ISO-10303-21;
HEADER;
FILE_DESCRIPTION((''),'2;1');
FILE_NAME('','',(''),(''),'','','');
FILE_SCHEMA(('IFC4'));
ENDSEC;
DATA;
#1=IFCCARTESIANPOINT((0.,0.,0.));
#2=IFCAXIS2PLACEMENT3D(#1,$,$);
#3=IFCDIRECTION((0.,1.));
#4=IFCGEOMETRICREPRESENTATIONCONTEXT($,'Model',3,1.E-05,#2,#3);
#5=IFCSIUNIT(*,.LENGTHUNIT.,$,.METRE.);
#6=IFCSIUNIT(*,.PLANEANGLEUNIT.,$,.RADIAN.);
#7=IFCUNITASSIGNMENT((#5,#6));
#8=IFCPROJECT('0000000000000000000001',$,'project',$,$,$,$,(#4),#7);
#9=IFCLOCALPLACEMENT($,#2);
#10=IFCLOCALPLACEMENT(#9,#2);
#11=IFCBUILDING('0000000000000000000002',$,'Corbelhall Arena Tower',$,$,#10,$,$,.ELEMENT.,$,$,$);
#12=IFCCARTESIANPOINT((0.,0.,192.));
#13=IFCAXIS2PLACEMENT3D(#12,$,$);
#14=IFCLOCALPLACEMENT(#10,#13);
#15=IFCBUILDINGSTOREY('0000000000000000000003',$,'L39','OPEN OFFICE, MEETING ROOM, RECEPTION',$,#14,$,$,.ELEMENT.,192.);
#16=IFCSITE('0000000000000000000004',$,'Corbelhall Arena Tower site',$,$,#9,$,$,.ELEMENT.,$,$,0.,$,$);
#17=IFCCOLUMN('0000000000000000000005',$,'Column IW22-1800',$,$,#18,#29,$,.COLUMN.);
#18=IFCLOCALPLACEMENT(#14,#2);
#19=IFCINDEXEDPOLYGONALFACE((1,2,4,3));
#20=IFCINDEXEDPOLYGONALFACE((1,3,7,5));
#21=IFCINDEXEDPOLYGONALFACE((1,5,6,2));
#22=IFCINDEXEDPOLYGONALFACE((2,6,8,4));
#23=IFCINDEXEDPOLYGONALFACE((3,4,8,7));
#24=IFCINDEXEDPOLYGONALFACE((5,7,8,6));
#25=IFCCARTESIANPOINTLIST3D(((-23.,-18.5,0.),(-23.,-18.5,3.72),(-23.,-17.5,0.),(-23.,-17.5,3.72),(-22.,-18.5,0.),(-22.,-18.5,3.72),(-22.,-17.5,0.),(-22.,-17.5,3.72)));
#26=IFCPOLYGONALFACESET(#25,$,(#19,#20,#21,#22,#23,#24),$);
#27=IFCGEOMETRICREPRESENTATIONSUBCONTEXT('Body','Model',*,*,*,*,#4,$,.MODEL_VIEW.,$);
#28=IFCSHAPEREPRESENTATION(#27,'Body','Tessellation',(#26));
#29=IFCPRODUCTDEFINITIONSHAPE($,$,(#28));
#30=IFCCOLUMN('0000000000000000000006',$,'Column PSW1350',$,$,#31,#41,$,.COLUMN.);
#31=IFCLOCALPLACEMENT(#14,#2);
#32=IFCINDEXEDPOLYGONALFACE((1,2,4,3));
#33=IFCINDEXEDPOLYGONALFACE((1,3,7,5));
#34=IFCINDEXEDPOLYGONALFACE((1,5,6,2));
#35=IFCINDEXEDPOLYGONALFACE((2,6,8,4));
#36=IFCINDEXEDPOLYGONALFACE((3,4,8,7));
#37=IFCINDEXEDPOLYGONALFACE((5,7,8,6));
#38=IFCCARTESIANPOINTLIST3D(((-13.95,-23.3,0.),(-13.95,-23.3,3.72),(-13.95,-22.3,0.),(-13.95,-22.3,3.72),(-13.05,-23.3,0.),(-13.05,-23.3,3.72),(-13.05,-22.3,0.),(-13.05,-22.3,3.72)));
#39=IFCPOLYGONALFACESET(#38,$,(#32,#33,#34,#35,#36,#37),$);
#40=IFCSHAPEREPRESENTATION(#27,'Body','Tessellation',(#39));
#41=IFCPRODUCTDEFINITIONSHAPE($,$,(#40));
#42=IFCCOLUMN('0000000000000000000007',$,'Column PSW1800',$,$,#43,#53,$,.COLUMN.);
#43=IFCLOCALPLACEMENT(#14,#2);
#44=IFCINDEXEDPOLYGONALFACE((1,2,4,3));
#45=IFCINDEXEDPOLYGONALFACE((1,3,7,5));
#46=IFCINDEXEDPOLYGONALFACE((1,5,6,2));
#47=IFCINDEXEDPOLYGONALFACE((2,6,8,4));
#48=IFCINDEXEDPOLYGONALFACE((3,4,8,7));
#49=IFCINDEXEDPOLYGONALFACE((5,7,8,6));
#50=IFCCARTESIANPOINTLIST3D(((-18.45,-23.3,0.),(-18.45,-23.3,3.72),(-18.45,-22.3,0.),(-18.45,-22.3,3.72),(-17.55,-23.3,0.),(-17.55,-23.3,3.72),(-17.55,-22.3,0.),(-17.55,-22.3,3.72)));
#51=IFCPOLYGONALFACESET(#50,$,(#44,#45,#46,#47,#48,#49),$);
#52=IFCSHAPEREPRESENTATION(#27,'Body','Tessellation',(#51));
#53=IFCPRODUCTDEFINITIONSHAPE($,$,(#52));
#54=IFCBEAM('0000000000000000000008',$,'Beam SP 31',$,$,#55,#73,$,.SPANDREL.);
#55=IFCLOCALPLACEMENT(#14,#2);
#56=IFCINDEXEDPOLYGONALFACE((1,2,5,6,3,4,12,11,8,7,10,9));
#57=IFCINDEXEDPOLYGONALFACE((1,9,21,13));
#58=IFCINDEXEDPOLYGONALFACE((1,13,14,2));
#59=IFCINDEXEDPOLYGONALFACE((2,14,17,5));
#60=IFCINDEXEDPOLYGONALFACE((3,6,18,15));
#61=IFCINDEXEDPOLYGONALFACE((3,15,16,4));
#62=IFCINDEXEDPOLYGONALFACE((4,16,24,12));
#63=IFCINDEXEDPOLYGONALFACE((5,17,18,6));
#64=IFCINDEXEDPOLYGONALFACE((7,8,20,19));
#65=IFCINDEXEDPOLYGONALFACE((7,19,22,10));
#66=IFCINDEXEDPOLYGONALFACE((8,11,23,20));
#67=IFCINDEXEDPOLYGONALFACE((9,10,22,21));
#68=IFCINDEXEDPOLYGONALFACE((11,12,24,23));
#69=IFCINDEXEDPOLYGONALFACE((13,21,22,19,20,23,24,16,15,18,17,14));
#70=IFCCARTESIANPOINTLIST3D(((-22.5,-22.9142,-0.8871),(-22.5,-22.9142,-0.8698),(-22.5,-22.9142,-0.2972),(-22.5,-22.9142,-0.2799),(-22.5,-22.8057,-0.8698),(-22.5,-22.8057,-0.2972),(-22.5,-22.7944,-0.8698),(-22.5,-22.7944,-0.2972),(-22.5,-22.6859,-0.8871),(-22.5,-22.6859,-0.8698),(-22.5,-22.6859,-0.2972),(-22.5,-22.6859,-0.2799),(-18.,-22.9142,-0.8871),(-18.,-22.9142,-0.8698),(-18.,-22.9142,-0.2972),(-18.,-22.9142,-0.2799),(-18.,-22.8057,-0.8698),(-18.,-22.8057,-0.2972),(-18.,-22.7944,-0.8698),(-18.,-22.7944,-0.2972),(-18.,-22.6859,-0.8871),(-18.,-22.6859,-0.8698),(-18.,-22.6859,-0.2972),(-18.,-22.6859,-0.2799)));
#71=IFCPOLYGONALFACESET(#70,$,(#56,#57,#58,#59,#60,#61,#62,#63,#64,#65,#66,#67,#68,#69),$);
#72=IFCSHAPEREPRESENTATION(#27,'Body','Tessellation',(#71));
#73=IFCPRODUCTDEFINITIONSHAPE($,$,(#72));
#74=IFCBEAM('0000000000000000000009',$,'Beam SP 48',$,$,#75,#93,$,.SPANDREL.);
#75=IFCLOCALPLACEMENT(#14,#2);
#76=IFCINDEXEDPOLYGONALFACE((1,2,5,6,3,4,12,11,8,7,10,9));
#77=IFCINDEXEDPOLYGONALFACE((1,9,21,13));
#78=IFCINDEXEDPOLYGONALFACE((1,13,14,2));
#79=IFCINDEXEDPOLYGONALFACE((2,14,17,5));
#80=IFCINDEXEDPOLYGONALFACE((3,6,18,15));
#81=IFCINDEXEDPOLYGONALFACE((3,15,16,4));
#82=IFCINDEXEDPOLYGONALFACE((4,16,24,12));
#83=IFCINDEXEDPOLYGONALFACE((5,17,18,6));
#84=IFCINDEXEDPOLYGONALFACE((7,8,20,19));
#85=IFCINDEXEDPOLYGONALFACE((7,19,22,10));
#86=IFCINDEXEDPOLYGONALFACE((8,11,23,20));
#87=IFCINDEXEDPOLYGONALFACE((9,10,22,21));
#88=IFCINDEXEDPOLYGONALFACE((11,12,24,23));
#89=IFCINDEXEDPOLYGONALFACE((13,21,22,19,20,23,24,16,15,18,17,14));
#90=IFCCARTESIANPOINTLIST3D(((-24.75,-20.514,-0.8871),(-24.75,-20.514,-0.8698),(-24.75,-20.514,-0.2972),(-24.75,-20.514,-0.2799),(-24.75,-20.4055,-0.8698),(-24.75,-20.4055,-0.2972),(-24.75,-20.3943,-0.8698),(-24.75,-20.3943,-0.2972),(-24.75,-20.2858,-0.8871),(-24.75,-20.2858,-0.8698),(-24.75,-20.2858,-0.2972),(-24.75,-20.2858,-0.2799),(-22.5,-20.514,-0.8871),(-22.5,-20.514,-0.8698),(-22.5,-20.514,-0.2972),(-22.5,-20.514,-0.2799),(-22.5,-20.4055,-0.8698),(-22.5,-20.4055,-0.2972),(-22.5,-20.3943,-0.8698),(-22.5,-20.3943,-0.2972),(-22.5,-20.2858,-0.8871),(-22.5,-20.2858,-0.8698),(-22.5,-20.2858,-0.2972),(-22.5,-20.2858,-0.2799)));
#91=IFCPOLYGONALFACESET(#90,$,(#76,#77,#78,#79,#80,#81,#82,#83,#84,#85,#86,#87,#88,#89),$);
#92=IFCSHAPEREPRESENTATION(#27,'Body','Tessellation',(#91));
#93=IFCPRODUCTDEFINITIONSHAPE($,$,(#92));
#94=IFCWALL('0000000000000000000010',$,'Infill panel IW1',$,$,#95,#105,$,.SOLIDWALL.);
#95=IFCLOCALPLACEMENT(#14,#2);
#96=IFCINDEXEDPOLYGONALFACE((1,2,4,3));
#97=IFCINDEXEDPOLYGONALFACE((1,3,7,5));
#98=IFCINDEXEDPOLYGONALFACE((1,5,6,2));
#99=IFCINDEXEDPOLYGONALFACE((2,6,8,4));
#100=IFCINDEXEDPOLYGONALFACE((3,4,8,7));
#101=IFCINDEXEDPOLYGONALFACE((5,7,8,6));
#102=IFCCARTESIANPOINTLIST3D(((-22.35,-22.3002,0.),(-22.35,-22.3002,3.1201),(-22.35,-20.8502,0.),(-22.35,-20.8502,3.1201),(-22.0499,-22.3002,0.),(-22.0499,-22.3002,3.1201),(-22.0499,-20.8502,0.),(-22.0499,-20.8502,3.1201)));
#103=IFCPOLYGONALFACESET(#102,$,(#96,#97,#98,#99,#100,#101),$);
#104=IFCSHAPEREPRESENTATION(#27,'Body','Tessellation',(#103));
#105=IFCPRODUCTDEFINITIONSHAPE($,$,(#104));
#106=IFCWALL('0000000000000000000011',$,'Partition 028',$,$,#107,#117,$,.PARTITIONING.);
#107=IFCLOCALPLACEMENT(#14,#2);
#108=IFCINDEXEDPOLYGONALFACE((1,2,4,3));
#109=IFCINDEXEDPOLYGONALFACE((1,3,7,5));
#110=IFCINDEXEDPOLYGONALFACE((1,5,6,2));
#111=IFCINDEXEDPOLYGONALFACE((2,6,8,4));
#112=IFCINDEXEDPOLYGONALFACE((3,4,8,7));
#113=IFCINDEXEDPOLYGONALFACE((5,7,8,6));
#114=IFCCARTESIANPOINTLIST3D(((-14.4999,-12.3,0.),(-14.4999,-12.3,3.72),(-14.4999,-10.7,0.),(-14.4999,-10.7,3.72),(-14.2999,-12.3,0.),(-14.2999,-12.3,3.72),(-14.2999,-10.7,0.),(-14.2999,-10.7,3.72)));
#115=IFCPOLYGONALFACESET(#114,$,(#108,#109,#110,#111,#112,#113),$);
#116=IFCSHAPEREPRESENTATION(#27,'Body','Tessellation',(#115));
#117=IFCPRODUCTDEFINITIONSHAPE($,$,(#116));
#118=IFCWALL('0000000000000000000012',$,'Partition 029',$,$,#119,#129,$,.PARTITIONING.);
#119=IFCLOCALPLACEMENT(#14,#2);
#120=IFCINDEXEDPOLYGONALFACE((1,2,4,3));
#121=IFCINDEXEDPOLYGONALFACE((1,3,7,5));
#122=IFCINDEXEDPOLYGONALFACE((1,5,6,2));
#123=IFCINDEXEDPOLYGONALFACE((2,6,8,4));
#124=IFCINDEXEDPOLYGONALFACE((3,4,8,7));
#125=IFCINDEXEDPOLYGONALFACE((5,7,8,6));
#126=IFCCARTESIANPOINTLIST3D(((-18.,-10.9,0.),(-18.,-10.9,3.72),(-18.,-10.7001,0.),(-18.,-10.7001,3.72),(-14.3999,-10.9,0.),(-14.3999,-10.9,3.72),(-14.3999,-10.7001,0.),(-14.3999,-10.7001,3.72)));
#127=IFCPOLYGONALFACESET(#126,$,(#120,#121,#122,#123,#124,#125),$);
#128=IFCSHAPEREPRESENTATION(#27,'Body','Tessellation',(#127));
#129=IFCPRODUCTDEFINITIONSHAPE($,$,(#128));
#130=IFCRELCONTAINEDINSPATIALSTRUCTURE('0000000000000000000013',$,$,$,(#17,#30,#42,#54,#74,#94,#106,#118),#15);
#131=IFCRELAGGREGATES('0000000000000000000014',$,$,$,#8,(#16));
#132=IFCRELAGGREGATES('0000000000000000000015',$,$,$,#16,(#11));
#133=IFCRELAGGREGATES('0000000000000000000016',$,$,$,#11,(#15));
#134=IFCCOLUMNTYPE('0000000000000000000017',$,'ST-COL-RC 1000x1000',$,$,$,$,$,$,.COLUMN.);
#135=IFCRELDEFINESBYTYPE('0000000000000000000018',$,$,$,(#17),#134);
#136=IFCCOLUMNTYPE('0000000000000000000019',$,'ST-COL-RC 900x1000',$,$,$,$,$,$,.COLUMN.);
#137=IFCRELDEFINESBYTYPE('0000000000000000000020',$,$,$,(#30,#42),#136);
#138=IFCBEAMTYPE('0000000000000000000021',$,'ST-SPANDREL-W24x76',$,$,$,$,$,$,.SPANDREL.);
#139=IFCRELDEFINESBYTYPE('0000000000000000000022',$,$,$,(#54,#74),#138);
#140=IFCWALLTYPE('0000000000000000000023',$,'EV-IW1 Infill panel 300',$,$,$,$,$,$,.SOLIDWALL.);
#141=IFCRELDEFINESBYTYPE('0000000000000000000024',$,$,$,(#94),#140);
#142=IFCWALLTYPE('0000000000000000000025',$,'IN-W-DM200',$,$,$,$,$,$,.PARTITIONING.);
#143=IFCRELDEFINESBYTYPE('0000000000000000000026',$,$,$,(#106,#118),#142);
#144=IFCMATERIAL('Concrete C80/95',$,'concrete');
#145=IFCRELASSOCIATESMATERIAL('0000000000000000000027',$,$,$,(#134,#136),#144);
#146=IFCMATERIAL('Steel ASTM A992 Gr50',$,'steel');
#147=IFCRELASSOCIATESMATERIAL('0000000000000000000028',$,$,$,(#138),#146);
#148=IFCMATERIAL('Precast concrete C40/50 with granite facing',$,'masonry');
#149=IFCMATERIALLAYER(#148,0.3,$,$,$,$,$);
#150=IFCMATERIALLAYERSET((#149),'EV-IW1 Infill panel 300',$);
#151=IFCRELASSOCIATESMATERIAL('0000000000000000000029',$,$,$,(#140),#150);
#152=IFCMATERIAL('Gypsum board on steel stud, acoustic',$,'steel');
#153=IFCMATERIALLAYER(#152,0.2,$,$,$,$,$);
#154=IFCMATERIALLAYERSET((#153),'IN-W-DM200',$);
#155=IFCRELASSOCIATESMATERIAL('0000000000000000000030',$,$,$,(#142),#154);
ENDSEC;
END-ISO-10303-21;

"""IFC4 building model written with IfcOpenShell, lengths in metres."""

from ifc_helpers import new_model, si_unit, direction, frame, frame_2d, origin, origin_2d, place, context, subcontext, project, spatial, rectangle, i_section, extrude, material, layer, layer_set, material_profile, profile_set, type_object, element, save


model = new_model("IFC4")

# Units and contexts
model_context = context("Model", 3, precision=1e-05, world=origin(), true_north=direction((0.0, 1.0)))
body_context = subcontext(model_context, "Body", "Model", "MODEL_VIEW")
ifc_project = project(units=[si_unit("LENGTHUNIT", "METRE"), si_unit("PLANEANGLEUNIT", "RADIAN")], contexts=[model_context])

# Site, building, storey
site_placement = place(None, origin())
site = spatial("IfcSite", under=ifc_project, at=site_placement, Name="Corbelhall Arena Tower site", CompositionType="ELEMENT", RefElevation=0.0)
building_placement = place(site_placement, origin())
building = spatial("IfcBuilding", under=site, at=building_placement, Name="Corbelhall Arena Tower", CompositionType="ELEMENT")
storey_placement = place(building_placement, frame((0.0, 0.0, 192.0)))
storey = spatial("IfcBuildingStorey", under=building, at=storey_placement, Name="L39", Description="OPEN OFFICE, MEETING ROOM, RECEPTION", CompositionType="ELEMENT", Elevation=192.0)

# Columns
ifc_material_1 = material(Name="Concrete C80/95", Category="concrete")
ifc_material_profile_1 = material_profile(ifc_material_1, rectangle(XDim=1.0, YDim=1.0, at=origin_2d()))
ifc_profile_set_1 = profile_set([ifc_material_profile_1], Name="Concrete C80/95")
column_type_1 = type_object("IfcColumnType", Name="ST-COL-RC 1000x1000", PredefinedType="COLUMN", material=ifc_profile_set_1)
column_placement = place(storey_placement, frame((-22.5, -18.0, 0.0), z_axis=(0.0, 0.0, 1.0), x_axis=(1.0, 0.0, 0.0)))
element("IfcColumn", 1, at=column_placement, inside=storey, type_object=column_type_1, Name="Column IW22-1800", PredefinedType="COLUMN", context=body_context, shape_type="SweptSolid", body=[
    extrude(rectangle(XDim=1.0, YDim=1.0, at=origin_2d()), origin(), (0.0, 0.0, 1.0), 3.72),
])
ifc_material_profile_2 = material_profile(ifc_material_1, rectangle(XDim=0.8999, YDim=1.0, at=origin_2d()))
ifc_profile_set_2 = profile_set([ifc_material_profile_2], Name="Concrete C80/95")
column_type_2 = type_object("IfcColumnType", Name="ST-COL-RC 900x1000", PredefinedType="COLUMN", material=ifc_profile_set_2)
for number, where, z_axis, x_axis, name in (
    (2, (-13.5, -22.8, 0.0), (0.0, 0.0, 1.0), (1.0, 0.0, 0.0), "Column PSW1350"),
    (3, (-18.0, -22.8, 0.0), (0.0, 0.0, 1.0), (1.0, 0.0, 0.0), "Column PSW1800"),
):
    element("IfcColumn", number, at=place(storey_placement, frame(where, z_axis=z_axis, x_axis=x_axis)), inside=storey, type_object=column_type_2, Name=name, PredefinedType="COLUMN", context=body_context, shape_type="SweptSolid", body=[
        extrude(rectangle(XDim=0.8999, YDim=1.0, at=origin_2d()), origin(), (0.0, 0.0, 1.0), 3.72),
    ])

# Beams
ifc_material_2 = material(Name="Steel ASTM A992 Gr50", Category="steel")
ifc_material_profile_3 = material_profile(ifc_material_2, i_section(OverallWidth=0.2283, OverallDepth=0.6072, WebThickness=0.0112, FlangeThickness=0.0173, at=origin_2d()))
ifc_profile_set_3 = profile_set([ifc_material_profile_3], Name="Steel ASTM A992 Gr50")
beam_type = type_object("IfcBeamType", Name="ST-SPANDREL-W24x76", PredefinedType="SPANDREL", material=ifc_profile_set_3)
beam_1_placement = place(storey_placement, frame((-18.0, -22.8, -0.5835), z_axis=(-1.0, 0.0, 0.0), x_axis=(0.0, -1.0, 0.0)))
element("IfcBeam", 4, at=beam_1_placement, inside=storey, type_object=beam_type, Name="Beam SP 31", PredefinedType="SPANDREL", context=body_context, shape_type="SweptSolid", body=[
    extrude(i_section(OverallWidth=0.2283, OverallDepth=0.6072, WebThickness=0.0112, FlangeThickness=0.0173, at=origin_2d()), origin(), (0.0, 0.0, 1.0), 4.5),
])
beam_2_placement = place(storey_placement, frame((-22.5, -20.3999, -0.5835), z_axis=(-1.0, 0.0, 0.0), x_axis=(0.0, -1.0, 0.0)))
element("IfcBeam", 5, at=beam_2_placement, inside=storey, type_object=beam_type, Name="Beam SP 48", PredefinedType="SPANDREL", context=body_context, shape_type="SweptSolid", body=[
    extrude(i_section(OverallWidth=0.2283, OverallDepth=0.6072, WebThickness=0.0112, FlangeThickness=0.0173, at=origin_2d()), origin(), (0.0, 0.0, 1.0), 2.25),
])

# Wall
ifc_material_3 = material(Name="Precast concrete C40/50 with granite facing", Category="masonry")
ifc_layer_1 = layer(ifc_material_3, 0.3)
ifc_layer_set_1 = layer_set([ifc_layer_1], Name="EV-IW1 Infill panel 300")
wall_type_1 = type_object("IfcWallType", Name="EV-IW1 Infill panel 300", PredefinedType="SOLIDWALL", material=ifc_layer_set_1)
wall_1_placement = place(storey_placement, frame((-22.2, -20.8501, 0.0), z_axis=(0.0, 0.0, 1.0), x_axis=(0.0, -1.0, 0.0)))
element("IfcWall", 6, at=wall_1_placement, inside=storey, type_object=wall_type_1, Name="Infill panel IW1", PredefinedType="SOLIDWALL", context=body_context, shape_type="SweptSolid", body=[
    extrude(rectangle(XDim=1.45, YDim=0.3, at=frame_2d((0.7251, 0.0))), origin(), (0.0, 0.0, 1.0), 3.1201),
])

# Shared definitions
ifc_material_4 = material(Name="Gypsum board on steel stud, acoustic", Category="steel")
ifc_layer_2 = layer(ifc_material_4, 0.2)
ifc_layer_set_2 = layer_set([ifc_layer_2], Name="IN-W-DM200")
wall_type_2 = type_object("IfcWallType", Name="IN-W-DM200", PredefinedType="PARTITIONING", material=ifc_layer_set_2)

# Walls
wall_2_placement = place(storey_placement, frame((-14.3999, -12.3, 0.0), z_axis=(0.0, 0.0, 1.0), x_axis=(0.0, 1.0, 0.0)))
element("IfcWall", 7, at=wall_2_placement, inside=storey, type_object=wall_type_2, Name="Partition 028", PredefinedType="PARTITIONING", context=body_context, shape_type="SweptSolid", body=[
    extrude(rectangle(XDim=1.6001, YDim=0.2, at=frame_2d((0.8, 0.0))), origin(), (0.0, 0.0, 1.0), 3.72),
])
wall_3_placement = place(storey_placement, frame((-14.3999, -10.8, 0.0), z_axis=(0.0, 0.0, 1.0), x_axis=(-1.0, 0.0, 0.0)))
element("IfcWall", 8, at=wall_3_placement, inside=storey, type_object=wall_type_2, Name="Partition 029", PredefinedType="PARTITIONING", context=body_context, shape_type="SweptSolid", body=[
    extrude(rectangle(XDim=3.6001, YDim=0.2, at=frame_2d((1.8, 0.0))), origin(), (0.0, 0.0, 1.0), 3.72),
])

save(model, "model.ifc")
